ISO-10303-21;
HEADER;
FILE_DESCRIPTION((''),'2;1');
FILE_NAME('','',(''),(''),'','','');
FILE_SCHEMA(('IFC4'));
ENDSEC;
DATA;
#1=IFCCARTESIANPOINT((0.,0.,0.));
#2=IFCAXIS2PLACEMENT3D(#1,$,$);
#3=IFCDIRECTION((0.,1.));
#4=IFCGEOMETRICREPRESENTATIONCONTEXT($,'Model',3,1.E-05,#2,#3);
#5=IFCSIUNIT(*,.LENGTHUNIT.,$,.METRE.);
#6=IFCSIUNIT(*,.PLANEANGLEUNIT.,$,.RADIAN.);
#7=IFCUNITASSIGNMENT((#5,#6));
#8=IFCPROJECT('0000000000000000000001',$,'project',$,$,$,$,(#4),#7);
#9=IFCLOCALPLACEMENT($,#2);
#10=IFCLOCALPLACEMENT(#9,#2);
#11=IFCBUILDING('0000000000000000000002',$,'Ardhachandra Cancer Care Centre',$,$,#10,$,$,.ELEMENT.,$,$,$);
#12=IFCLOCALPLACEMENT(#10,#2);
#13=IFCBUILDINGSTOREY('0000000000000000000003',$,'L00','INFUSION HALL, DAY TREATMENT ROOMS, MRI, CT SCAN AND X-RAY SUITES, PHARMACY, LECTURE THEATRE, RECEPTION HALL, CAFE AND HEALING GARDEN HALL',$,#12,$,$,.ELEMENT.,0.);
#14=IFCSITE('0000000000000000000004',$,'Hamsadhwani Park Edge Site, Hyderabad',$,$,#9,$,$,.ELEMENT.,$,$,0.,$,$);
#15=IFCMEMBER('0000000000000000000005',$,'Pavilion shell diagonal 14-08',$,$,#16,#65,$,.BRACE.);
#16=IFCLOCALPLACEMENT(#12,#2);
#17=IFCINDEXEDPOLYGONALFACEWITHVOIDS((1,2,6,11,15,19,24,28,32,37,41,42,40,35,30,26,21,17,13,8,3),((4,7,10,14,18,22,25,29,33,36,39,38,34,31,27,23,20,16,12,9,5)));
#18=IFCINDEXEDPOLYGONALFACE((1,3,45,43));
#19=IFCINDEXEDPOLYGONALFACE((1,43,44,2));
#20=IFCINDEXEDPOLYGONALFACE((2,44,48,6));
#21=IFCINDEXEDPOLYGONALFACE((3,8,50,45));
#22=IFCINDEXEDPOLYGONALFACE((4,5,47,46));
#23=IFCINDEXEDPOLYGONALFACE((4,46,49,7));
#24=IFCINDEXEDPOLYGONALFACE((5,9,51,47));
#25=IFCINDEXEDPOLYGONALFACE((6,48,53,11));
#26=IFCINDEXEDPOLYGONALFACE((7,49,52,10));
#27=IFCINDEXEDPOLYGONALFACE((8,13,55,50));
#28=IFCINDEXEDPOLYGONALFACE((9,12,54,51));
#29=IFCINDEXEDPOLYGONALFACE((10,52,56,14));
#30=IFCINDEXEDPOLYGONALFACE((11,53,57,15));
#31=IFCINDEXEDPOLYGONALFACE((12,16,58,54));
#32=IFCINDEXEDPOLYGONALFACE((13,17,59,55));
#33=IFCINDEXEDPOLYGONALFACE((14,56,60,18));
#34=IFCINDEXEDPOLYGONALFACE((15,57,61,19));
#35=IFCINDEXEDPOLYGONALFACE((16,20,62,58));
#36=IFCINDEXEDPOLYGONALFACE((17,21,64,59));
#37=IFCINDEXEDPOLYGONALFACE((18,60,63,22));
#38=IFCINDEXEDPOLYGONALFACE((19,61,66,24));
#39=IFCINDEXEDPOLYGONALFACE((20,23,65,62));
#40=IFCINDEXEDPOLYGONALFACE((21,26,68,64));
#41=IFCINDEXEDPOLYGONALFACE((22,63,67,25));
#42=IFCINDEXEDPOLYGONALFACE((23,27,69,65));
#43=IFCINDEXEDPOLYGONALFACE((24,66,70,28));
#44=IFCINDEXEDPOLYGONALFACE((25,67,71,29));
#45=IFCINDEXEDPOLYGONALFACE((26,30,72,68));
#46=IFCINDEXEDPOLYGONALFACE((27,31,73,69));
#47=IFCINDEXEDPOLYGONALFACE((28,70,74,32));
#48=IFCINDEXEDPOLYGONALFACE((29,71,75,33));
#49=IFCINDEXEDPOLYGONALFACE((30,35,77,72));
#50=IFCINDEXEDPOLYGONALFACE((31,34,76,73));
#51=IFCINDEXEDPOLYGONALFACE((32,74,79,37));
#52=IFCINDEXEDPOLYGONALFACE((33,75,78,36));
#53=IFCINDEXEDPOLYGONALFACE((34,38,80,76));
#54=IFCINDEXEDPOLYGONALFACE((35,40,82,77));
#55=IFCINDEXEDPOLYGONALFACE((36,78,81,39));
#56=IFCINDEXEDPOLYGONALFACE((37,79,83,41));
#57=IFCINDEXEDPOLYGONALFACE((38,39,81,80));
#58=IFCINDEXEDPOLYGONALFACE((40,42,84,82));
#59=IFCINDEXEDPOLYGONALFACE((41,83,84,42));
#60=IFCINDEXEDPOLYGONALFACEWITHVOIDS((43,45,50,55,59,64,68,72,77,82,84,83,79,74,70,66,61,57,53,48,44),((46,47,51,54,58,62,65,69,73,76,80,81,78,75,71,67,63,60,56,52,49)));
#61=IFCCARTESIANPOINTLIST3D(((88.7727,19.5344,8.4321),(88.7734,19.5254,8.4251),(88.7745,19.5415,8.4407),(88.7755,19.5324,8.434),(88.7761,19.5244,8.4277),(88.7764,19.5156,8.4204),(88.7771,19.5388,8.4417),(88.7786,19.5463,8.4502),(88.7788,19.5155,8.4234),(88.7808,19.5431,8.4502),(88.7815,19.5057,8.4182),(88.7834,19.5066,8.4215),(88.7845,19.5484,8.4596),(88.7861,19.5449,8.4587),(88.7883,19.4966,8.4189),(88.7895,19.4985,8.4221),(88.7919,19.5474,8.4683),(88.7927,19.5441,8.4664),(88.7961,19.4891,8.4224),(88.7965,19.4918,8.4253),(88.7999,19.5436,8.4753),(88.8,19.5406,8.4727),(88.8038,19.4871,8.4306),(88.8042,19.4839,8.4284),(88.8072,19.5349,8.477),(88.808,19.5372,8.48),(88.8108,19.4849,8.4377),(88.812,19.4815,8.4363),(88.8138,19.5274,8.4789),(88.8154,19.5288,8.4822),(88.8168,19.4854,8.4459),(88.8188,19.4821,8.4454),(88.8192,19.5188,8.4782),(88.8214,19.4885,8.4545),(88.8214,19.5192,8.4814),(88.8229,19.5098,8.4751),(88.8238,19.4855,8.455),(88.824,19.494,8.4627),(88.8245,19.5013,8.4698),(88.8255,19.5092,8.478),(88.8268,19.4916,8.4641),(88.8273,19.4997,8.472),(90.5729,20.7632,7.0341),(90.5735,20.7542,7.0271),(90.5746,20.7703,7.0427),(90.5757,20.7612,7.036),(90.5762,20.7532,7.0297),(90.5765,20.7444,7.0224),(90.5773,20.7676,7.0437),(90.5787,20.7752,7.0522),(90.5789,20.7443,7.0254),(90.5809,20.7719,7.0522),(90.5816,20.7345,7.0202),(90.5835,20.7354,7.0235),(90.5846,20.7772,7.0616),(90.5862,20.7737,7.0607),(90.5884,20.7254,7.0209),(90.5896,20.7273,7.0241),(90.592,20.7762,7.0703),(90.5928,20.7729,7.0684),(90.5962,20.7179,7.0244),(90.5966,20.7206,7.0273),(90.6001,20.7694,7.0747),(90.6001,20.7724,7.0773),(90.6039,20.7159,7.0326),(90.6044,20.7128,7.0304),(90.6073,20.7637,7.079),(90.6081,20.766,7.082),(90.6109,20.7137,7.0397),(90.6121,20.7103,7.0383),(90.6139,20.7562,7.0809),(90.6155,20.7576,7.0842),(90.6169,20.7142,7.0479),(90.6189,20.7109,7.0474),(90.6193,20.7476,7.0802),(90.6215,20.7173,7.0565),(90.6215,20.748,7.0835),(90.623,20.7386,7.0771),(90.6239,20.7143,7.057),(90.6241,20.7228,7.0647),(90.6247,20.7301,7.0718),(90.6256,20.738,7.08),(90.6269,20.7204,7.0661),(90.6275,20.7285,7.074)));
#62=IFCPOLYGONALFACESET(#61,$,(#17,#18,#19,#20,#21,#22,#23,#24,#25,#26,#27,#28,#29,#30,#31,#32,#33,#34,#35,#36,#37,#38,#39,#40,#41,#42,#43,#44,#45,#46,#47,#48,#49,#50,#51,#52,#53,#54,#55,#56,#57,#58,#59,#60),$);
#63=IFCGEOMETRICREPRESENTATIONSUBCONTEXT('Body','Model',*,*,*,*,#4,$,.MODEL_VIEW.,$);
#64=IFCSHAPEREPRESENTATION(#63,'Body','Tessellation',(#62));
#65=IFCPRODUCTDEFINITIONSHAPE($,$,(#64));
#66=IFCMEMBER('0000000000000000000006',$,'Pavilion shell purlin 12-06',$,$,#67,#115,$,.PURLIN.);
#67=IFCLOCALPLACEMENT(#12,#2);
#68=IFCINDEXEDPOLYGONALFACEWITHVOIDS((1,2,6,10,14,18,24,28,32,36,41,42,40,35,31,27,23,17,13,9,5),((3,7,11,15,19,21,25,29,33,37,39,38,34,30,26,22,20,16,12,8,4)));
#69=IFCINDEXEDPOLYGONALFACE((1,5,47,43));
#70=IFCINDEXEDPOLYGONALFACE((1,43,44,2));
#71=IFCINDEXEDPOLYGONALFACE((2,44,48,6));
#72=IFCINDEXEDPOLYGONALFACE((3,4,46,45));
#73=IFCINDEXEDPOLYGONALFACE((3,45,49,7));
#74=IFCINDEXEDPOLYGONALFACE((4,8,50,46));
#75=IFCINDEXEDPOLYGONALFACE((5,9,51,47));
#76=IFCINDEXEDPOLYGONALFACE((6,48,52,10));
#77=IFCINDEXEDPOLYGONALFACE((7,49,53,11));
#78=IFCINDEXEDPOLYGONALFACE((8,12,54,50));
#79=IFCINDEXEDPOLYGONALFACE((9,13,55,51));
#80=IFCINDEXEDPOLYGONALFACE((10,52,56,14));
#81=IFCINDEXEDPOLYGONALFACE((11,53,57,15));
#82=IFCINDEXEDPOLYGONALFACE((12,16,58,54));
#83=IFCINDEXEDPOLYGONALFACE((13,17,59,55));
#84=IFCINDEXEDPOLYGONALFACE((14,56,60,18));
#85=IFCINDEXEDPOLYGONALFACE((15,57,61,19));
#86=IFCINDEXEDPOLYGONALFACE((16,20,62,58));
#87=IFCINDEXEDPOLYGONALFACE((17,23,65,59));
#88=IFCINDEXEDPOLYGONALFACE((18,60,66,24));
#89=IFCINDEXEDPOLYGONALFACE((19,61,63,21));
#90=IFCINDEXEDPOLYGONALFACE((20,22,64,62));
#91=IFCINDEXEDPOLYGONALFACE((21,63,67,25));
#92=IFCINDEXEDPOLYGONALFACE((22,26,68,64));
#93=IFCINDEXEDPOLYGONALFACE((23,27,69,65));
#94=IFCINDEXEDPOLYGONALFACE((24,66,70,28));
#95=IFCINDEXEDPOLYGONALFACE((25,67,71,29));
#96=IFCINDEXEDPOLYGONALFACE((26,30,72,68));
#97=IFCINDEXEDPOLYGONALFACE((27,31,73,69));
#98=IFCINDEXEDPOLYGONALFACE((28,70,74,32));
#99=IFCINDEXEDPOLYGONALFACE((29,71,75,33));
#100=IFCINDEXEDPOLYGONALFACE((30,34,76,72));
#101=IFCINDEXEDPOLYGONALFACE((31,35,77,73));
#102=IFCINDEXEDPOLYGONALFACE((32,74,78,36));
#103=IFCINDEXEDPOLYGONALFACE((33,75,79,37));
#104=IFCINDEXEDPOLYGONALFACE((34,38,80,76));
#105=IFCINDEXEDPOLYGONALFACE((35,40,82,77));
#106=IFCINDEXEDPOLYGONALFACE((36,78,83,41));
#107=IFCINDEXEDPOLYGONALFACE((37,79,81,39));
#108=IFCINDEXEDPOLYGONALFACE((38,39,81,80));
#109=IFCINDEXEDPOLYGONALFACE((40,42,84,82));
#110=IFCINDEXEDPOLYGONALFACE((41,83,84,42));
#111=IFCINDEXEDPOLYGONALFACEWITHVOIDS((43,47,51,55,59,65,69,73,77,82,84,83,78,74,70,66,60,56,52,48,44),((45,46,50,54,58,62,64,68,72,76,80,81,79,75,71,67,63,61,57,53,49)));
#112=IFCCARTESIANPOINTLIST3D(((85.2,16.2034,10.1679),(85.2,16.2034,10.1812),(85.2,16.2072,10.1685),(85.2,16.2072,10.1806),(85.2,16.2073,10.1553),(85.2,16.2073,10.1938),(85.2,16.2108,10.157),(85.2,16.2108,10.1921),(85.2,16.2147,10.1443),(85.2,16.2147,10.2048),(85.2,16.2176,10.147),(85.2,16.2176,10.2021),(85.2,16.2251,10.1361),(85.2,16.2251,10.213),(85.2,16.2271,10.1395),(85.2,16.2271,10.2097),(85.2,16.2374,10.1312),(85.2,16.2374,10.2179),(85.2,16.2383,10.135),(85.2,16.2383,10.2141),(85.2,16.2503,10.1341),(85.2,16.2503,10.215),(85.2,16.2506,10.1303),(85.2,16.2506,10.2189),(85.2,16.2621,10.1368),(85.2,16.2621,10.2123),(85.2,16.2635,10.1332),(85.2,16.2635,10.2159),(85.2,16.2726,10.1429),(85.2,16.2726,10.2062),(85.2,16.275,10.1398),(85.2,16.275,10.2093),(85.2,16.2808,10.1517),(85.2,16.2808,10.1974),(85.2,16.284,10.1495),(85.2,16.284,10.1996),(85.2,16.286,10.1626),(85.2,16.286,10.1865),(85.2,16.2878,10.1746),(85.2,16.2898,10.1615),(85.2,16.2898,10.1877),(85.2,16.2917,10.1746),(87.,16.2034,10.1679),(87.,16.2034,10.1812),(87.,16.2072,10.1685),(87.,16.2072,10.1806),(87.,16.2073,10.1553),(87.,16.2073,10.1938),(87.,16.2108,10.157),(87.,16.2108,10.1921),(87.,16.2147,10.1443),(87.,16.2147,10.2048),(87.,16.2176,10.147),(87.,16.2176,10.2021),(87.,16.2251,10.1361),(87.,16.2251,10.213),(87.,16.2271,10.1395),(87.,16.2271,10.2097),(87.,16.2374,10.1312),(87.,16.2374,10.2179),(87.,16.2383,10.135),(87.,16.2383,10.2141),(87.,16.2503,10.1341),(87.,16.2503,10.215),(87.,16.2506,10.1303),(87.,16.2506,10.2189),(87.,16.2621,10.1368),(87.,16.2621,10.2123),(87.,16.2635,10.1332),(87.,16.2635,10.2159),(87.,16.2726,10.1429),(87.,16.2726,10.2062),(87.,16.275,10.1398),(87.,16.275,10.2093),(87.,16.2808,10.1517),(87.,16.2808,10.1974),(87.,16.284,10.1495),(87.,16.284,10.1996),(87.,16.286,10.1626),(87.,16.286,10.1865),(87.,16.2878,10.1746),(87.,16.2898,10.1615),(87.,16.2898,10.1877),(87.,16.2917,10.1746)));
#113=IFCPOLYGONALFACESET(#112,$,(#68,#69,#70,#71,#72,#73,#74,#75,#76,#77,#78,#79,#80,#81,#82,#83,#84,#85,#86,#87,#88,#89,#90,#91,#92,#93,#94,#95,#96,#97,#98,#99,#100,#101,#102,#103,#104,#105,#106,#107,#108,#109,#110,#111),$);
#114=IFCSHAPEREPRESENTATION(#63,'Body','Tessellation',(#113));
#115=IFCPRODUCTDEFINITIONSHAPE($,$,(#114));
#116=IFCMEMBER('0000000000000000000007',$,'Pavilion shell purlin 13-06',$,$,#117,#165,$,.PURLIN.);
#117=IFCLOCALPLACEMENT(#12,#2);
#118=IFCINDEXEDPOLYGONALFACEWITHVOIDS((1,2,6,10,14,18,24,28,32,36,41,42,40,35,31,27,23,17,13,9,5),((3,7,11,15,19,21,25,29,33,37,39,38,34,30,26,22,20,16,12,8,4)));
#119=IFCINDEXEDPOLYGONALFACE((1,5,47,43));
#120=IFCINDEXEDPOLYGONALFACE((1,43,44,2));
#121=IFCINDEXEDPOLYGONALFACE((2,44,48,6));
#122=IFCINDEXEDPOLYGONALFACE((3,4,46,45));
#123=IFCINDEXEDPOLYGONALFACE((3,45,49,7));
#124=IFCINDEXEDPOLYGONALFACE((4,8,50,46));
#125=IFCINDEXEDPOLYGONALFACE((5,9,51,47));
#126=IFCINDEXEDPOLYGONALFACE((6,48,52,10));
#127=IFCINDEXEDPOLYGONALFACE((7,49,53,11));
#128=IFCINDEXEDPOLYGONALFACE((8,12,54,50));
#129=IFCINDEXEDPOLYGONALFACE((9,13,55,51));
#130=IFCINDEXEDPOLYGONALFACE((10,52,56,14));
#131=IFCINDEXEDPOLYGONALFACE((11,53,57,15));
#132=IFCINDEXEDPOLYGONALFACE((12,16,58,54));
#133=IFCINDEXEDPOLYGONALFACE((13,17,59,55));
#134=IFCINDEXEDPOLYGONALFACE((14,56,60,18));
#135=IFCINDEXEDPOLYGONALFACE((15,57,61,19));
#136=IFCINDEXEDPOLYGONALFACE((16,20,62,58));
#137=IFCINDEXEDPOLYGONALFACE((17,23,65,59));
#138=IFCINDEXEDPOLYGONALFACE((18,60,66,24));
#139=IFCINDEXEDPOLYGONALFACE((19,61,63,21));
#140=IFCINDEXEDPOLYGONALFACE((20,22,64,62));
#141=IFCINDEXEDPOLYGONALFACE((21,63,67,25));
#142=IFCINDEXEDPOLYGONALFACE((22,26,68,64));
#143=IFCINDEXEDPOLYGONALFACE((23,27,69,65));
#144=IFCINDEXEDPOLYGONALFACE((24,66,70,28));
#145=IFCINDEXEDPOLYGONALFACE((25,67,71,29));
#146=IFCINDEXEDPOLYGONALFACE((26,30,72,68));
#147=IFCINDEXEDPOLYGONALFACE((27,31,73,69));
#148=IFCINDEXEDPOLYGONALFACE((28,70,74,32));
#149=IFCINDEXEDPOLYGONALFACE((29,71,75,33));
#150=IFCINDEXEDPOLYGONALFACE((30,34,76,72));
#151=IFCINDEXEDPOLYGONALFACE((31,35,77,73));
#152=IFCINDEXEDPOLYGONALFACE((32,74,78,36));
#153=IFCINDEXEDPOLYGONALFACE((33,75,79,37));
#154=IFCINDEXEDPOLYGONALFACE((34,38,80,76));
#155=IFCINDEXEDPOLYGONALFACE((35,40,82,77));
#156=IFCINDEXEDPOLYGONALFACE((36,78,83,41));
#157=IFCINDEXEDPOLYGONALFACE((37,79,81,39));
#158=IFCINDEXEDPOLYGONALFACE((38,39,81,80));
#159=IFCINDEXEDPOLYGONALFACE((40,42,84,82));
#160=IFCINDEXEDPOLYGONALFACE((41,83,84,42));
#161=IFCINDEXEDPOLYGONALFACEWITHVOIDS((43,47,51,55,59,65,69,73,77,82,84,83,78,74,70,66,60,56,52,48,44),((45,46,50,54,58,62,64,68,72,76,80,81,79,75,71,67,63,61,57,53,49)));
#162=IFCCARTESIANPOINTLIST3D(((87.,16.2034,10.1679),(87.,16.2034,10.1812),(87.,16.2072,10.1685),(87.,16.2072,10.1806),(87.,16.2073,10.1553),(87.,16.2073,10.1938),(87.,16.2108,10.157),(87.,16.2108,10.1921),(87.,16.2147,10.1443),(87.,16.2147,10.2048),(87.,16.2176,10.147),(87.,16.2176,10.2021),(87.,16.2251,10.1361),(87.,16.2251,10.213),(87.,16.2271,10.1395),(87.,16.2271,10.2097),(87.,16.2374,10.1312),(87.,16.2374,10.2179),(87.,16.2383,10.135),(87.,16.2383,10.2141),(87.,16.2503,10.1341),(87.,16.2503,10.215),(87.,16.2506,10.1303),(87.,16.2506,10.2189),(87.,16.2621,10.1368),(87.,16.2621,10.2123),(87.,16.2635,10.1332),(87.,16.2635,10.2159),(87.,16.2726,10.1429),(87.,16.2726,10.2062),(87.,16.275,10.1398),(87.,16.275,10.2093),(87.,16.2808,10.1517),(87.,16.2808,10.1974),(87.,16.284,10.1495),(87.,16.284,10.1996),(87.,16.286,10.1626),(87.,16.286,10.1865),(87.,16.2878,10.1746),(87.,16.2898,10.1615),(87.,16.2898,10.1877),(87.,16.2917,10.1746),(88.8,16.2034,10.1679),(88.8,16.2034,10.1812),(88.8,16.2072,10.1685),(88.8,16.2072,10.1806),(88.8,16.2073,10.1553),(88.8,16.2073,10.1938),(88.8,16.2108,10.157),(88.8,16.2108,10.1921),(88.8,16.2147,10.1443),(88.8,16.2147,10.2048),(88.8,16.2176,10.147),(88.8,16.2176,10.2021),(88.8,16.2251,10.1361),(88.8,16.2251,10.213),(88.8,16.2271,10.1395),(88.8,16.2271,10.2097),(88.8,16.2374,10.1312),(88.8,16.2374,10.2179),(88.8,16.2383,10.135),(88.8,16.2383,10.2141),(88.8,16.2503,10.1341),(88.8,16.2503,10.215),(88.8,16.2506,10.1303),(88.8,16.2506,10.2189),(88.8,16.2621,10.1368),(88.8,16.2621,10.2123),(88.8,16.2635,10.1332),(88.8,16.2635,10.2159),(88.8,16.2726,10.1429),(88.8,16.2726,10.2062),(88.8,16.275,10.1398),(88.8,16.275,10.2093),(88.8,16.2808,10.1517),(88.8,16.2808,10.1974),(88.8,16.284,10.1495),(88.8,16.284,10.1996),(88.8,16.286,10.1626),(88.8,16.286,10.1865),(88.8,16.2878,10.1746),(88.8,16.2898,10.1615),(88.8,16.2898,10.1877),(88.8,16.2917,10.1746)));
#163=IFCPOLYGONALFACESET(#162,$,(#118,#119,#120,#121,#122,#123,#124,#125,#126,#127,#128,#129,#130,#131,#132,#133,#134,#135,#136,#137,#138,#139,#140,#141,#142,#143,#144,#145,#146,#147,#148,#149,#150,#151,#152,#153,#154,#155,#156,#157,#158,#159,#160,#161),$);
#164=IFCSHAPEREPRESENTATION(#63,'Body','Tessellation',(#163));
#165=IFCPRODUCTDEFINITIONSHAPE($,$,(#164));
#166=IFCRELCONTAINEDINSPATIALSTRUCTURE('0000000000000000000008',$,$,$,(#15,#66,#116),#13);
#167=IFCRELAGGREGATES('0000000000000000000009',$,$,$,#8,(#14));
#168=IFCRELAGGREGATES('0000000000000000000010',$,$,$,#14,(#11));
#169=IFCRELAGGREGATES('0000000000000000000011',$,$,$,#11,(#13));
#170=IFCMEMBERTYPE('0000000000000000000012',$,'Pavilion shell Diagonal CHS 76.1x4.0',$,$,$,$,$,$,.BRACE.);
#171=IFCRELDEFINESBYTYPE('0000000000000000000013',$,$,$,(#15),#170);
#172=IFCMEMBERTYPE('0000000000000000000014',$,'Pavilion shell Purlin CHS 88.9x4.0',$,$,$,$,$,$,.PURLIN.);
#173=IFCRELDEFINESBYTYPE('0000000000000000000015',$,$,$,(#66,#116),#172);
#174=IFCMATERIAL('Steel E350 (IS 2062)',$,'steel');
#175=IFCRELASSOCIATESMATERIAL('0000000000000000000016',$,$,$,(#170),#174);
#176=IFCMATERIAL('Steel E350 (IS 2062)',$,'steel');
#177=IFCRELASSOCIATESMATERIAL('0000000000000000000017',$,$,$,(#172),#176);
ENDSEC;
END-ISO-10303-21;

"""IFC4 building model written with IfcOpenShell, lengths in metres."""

from ifc_helpers import new_model, si_unit, direction, frame, origin, origin_2d, place, context, subcontext, project, spatial, hollow_circle, extrude, material, material_profile, profile_set, type_object, element, save


model = new_model("IFC4")

# Units and contexts
model_context = context("Model", 3, precision=1e-05, world=origin(), true_north=direction((0.0, 1.0)))
body_context = subcontext(model_context, "Body", "Model", "MODEL_VIEW")
ifc_project = project(units=[si_unit("LENGTHUNIT", "METRE"), si_unit("PLANEANGLEUNIT", "RADIAN")], contexts=[model_context])

# Site, building, storey
site_placement = place(None, origin())
site = spatial("IfcSite", under=ifc_project, at=site_placement, Name="Hamsadhwani Park Edge Site, Hyderabad", CompositionType="ELEMENT", RefElevation=0.0)
building_placement = place(site_placement, origin())
building = spatial("IfcBuilding", under=site, at=building_placement, Name="Ardhachandra Cancer Care Centre", CompositionType="ELEMENT")
storey_placement = place(building_placement, origin())
storey = spatial("IfcBuildingStorey", under=building, at=storey_placement, Name="L00", Description="INFUSION HALL, DAY TREATMENT ROOMS, MRI, CT SCAN AND X-RAY SUITES, PHARMACY, LECTURE THEATRE, RECEPTION HALL, CAFE AND HEALING GARDEN HALL", CompositionType="ELEMENT", Elevation=0.0)

# Members
ifc_material_1 = material(Name="Steel E350 (IS 2062)", Category="steel")
ifc_material_profile_1 = material_profile(ifc_material_1, hollow_circle(Radius=0.0381, WallThickness=0.0039, at=origin_2d()), Name="CHS 76.1x4.0")
ifc_profile_set_1 = profile_set([ifc_material_profile_1], Name="Steel E350 (IS 2062)")
member_type_1 = type_object("IfcMemberType", Name="Pavilion shell Diagonal CHS 76.1x4.0", PredefinedType="BRACE", material=ifc_profile_set_1)
member_placement = place(storey_placement, frame((88.8, 19.5149, 8.4502), z_axis=(0.695197, 0.474559, -0.539902), x_axis=(-0.563792, 0.825917, 0.0)))
element("IfcMember", 1, at=member_placement, inside=storey, type_object=member_type_1, Name="Pavilion shell diagonal 14-08", PredefinedType="BRACE", context=body_context, shape_type="SweptSolid", body=[
    extrude(hollow_circle(Radius=0.0381, WallThickness=0.0039, at=origin_2d()), origin(), (0.0, 0.0, 1.0), 2.5894),
])
ifc_material_2 = material(Name="Steel E350 (IS 2062)", Category="steel")
ifc_material_profile_2 = material_profile(ifc_material_2, hollow_circle(Radius=0.0444, WallThickness=0.0039, at=origin_2d()), Name="CHS 88.9x4.0")
ifc_profile_set_2 = profile_set([ifc_material_profile_2], Name="Steel E350 (IS 2062)")
member_type_2 = type_object("IfcMemberType", Name="Pavilion shell Purlin CHS 88.9x4.0", PredefinedType="PURLIN", material=ifc_profile_set_2)
for number, where, z_axis, x_axis, name in (
    (2, (85.2, 16.2473, 10.1746), (1.0, 0.0, 0.0), (0.0, 1.0, 0.0), "Pavilion shell purlin 12-06"),
    (3, (87.0, 16.2473, 10.1746), (1.0, 0.0, 0.0), (0.0, 1.0, 0.0), "Pavilion shell purlin 13-06"),
):
    element("IfcMember", number, at=place(storey_placement, frame(where, z_axis=z_axis, x_axis=x_axis)), inside=storey, type_object=member_type_2, Name=name, PredefinedType="PURLIN", context=body_context, shape_type="SweptSolid", body=[
        extrude(hollow_circle(Radius=0.0444, WallThickness=0.0039, at=origin_2d()), origin(), (0.0, 0.0, 1.0), 1.8),
    ])

save(model, "model.ifc")
